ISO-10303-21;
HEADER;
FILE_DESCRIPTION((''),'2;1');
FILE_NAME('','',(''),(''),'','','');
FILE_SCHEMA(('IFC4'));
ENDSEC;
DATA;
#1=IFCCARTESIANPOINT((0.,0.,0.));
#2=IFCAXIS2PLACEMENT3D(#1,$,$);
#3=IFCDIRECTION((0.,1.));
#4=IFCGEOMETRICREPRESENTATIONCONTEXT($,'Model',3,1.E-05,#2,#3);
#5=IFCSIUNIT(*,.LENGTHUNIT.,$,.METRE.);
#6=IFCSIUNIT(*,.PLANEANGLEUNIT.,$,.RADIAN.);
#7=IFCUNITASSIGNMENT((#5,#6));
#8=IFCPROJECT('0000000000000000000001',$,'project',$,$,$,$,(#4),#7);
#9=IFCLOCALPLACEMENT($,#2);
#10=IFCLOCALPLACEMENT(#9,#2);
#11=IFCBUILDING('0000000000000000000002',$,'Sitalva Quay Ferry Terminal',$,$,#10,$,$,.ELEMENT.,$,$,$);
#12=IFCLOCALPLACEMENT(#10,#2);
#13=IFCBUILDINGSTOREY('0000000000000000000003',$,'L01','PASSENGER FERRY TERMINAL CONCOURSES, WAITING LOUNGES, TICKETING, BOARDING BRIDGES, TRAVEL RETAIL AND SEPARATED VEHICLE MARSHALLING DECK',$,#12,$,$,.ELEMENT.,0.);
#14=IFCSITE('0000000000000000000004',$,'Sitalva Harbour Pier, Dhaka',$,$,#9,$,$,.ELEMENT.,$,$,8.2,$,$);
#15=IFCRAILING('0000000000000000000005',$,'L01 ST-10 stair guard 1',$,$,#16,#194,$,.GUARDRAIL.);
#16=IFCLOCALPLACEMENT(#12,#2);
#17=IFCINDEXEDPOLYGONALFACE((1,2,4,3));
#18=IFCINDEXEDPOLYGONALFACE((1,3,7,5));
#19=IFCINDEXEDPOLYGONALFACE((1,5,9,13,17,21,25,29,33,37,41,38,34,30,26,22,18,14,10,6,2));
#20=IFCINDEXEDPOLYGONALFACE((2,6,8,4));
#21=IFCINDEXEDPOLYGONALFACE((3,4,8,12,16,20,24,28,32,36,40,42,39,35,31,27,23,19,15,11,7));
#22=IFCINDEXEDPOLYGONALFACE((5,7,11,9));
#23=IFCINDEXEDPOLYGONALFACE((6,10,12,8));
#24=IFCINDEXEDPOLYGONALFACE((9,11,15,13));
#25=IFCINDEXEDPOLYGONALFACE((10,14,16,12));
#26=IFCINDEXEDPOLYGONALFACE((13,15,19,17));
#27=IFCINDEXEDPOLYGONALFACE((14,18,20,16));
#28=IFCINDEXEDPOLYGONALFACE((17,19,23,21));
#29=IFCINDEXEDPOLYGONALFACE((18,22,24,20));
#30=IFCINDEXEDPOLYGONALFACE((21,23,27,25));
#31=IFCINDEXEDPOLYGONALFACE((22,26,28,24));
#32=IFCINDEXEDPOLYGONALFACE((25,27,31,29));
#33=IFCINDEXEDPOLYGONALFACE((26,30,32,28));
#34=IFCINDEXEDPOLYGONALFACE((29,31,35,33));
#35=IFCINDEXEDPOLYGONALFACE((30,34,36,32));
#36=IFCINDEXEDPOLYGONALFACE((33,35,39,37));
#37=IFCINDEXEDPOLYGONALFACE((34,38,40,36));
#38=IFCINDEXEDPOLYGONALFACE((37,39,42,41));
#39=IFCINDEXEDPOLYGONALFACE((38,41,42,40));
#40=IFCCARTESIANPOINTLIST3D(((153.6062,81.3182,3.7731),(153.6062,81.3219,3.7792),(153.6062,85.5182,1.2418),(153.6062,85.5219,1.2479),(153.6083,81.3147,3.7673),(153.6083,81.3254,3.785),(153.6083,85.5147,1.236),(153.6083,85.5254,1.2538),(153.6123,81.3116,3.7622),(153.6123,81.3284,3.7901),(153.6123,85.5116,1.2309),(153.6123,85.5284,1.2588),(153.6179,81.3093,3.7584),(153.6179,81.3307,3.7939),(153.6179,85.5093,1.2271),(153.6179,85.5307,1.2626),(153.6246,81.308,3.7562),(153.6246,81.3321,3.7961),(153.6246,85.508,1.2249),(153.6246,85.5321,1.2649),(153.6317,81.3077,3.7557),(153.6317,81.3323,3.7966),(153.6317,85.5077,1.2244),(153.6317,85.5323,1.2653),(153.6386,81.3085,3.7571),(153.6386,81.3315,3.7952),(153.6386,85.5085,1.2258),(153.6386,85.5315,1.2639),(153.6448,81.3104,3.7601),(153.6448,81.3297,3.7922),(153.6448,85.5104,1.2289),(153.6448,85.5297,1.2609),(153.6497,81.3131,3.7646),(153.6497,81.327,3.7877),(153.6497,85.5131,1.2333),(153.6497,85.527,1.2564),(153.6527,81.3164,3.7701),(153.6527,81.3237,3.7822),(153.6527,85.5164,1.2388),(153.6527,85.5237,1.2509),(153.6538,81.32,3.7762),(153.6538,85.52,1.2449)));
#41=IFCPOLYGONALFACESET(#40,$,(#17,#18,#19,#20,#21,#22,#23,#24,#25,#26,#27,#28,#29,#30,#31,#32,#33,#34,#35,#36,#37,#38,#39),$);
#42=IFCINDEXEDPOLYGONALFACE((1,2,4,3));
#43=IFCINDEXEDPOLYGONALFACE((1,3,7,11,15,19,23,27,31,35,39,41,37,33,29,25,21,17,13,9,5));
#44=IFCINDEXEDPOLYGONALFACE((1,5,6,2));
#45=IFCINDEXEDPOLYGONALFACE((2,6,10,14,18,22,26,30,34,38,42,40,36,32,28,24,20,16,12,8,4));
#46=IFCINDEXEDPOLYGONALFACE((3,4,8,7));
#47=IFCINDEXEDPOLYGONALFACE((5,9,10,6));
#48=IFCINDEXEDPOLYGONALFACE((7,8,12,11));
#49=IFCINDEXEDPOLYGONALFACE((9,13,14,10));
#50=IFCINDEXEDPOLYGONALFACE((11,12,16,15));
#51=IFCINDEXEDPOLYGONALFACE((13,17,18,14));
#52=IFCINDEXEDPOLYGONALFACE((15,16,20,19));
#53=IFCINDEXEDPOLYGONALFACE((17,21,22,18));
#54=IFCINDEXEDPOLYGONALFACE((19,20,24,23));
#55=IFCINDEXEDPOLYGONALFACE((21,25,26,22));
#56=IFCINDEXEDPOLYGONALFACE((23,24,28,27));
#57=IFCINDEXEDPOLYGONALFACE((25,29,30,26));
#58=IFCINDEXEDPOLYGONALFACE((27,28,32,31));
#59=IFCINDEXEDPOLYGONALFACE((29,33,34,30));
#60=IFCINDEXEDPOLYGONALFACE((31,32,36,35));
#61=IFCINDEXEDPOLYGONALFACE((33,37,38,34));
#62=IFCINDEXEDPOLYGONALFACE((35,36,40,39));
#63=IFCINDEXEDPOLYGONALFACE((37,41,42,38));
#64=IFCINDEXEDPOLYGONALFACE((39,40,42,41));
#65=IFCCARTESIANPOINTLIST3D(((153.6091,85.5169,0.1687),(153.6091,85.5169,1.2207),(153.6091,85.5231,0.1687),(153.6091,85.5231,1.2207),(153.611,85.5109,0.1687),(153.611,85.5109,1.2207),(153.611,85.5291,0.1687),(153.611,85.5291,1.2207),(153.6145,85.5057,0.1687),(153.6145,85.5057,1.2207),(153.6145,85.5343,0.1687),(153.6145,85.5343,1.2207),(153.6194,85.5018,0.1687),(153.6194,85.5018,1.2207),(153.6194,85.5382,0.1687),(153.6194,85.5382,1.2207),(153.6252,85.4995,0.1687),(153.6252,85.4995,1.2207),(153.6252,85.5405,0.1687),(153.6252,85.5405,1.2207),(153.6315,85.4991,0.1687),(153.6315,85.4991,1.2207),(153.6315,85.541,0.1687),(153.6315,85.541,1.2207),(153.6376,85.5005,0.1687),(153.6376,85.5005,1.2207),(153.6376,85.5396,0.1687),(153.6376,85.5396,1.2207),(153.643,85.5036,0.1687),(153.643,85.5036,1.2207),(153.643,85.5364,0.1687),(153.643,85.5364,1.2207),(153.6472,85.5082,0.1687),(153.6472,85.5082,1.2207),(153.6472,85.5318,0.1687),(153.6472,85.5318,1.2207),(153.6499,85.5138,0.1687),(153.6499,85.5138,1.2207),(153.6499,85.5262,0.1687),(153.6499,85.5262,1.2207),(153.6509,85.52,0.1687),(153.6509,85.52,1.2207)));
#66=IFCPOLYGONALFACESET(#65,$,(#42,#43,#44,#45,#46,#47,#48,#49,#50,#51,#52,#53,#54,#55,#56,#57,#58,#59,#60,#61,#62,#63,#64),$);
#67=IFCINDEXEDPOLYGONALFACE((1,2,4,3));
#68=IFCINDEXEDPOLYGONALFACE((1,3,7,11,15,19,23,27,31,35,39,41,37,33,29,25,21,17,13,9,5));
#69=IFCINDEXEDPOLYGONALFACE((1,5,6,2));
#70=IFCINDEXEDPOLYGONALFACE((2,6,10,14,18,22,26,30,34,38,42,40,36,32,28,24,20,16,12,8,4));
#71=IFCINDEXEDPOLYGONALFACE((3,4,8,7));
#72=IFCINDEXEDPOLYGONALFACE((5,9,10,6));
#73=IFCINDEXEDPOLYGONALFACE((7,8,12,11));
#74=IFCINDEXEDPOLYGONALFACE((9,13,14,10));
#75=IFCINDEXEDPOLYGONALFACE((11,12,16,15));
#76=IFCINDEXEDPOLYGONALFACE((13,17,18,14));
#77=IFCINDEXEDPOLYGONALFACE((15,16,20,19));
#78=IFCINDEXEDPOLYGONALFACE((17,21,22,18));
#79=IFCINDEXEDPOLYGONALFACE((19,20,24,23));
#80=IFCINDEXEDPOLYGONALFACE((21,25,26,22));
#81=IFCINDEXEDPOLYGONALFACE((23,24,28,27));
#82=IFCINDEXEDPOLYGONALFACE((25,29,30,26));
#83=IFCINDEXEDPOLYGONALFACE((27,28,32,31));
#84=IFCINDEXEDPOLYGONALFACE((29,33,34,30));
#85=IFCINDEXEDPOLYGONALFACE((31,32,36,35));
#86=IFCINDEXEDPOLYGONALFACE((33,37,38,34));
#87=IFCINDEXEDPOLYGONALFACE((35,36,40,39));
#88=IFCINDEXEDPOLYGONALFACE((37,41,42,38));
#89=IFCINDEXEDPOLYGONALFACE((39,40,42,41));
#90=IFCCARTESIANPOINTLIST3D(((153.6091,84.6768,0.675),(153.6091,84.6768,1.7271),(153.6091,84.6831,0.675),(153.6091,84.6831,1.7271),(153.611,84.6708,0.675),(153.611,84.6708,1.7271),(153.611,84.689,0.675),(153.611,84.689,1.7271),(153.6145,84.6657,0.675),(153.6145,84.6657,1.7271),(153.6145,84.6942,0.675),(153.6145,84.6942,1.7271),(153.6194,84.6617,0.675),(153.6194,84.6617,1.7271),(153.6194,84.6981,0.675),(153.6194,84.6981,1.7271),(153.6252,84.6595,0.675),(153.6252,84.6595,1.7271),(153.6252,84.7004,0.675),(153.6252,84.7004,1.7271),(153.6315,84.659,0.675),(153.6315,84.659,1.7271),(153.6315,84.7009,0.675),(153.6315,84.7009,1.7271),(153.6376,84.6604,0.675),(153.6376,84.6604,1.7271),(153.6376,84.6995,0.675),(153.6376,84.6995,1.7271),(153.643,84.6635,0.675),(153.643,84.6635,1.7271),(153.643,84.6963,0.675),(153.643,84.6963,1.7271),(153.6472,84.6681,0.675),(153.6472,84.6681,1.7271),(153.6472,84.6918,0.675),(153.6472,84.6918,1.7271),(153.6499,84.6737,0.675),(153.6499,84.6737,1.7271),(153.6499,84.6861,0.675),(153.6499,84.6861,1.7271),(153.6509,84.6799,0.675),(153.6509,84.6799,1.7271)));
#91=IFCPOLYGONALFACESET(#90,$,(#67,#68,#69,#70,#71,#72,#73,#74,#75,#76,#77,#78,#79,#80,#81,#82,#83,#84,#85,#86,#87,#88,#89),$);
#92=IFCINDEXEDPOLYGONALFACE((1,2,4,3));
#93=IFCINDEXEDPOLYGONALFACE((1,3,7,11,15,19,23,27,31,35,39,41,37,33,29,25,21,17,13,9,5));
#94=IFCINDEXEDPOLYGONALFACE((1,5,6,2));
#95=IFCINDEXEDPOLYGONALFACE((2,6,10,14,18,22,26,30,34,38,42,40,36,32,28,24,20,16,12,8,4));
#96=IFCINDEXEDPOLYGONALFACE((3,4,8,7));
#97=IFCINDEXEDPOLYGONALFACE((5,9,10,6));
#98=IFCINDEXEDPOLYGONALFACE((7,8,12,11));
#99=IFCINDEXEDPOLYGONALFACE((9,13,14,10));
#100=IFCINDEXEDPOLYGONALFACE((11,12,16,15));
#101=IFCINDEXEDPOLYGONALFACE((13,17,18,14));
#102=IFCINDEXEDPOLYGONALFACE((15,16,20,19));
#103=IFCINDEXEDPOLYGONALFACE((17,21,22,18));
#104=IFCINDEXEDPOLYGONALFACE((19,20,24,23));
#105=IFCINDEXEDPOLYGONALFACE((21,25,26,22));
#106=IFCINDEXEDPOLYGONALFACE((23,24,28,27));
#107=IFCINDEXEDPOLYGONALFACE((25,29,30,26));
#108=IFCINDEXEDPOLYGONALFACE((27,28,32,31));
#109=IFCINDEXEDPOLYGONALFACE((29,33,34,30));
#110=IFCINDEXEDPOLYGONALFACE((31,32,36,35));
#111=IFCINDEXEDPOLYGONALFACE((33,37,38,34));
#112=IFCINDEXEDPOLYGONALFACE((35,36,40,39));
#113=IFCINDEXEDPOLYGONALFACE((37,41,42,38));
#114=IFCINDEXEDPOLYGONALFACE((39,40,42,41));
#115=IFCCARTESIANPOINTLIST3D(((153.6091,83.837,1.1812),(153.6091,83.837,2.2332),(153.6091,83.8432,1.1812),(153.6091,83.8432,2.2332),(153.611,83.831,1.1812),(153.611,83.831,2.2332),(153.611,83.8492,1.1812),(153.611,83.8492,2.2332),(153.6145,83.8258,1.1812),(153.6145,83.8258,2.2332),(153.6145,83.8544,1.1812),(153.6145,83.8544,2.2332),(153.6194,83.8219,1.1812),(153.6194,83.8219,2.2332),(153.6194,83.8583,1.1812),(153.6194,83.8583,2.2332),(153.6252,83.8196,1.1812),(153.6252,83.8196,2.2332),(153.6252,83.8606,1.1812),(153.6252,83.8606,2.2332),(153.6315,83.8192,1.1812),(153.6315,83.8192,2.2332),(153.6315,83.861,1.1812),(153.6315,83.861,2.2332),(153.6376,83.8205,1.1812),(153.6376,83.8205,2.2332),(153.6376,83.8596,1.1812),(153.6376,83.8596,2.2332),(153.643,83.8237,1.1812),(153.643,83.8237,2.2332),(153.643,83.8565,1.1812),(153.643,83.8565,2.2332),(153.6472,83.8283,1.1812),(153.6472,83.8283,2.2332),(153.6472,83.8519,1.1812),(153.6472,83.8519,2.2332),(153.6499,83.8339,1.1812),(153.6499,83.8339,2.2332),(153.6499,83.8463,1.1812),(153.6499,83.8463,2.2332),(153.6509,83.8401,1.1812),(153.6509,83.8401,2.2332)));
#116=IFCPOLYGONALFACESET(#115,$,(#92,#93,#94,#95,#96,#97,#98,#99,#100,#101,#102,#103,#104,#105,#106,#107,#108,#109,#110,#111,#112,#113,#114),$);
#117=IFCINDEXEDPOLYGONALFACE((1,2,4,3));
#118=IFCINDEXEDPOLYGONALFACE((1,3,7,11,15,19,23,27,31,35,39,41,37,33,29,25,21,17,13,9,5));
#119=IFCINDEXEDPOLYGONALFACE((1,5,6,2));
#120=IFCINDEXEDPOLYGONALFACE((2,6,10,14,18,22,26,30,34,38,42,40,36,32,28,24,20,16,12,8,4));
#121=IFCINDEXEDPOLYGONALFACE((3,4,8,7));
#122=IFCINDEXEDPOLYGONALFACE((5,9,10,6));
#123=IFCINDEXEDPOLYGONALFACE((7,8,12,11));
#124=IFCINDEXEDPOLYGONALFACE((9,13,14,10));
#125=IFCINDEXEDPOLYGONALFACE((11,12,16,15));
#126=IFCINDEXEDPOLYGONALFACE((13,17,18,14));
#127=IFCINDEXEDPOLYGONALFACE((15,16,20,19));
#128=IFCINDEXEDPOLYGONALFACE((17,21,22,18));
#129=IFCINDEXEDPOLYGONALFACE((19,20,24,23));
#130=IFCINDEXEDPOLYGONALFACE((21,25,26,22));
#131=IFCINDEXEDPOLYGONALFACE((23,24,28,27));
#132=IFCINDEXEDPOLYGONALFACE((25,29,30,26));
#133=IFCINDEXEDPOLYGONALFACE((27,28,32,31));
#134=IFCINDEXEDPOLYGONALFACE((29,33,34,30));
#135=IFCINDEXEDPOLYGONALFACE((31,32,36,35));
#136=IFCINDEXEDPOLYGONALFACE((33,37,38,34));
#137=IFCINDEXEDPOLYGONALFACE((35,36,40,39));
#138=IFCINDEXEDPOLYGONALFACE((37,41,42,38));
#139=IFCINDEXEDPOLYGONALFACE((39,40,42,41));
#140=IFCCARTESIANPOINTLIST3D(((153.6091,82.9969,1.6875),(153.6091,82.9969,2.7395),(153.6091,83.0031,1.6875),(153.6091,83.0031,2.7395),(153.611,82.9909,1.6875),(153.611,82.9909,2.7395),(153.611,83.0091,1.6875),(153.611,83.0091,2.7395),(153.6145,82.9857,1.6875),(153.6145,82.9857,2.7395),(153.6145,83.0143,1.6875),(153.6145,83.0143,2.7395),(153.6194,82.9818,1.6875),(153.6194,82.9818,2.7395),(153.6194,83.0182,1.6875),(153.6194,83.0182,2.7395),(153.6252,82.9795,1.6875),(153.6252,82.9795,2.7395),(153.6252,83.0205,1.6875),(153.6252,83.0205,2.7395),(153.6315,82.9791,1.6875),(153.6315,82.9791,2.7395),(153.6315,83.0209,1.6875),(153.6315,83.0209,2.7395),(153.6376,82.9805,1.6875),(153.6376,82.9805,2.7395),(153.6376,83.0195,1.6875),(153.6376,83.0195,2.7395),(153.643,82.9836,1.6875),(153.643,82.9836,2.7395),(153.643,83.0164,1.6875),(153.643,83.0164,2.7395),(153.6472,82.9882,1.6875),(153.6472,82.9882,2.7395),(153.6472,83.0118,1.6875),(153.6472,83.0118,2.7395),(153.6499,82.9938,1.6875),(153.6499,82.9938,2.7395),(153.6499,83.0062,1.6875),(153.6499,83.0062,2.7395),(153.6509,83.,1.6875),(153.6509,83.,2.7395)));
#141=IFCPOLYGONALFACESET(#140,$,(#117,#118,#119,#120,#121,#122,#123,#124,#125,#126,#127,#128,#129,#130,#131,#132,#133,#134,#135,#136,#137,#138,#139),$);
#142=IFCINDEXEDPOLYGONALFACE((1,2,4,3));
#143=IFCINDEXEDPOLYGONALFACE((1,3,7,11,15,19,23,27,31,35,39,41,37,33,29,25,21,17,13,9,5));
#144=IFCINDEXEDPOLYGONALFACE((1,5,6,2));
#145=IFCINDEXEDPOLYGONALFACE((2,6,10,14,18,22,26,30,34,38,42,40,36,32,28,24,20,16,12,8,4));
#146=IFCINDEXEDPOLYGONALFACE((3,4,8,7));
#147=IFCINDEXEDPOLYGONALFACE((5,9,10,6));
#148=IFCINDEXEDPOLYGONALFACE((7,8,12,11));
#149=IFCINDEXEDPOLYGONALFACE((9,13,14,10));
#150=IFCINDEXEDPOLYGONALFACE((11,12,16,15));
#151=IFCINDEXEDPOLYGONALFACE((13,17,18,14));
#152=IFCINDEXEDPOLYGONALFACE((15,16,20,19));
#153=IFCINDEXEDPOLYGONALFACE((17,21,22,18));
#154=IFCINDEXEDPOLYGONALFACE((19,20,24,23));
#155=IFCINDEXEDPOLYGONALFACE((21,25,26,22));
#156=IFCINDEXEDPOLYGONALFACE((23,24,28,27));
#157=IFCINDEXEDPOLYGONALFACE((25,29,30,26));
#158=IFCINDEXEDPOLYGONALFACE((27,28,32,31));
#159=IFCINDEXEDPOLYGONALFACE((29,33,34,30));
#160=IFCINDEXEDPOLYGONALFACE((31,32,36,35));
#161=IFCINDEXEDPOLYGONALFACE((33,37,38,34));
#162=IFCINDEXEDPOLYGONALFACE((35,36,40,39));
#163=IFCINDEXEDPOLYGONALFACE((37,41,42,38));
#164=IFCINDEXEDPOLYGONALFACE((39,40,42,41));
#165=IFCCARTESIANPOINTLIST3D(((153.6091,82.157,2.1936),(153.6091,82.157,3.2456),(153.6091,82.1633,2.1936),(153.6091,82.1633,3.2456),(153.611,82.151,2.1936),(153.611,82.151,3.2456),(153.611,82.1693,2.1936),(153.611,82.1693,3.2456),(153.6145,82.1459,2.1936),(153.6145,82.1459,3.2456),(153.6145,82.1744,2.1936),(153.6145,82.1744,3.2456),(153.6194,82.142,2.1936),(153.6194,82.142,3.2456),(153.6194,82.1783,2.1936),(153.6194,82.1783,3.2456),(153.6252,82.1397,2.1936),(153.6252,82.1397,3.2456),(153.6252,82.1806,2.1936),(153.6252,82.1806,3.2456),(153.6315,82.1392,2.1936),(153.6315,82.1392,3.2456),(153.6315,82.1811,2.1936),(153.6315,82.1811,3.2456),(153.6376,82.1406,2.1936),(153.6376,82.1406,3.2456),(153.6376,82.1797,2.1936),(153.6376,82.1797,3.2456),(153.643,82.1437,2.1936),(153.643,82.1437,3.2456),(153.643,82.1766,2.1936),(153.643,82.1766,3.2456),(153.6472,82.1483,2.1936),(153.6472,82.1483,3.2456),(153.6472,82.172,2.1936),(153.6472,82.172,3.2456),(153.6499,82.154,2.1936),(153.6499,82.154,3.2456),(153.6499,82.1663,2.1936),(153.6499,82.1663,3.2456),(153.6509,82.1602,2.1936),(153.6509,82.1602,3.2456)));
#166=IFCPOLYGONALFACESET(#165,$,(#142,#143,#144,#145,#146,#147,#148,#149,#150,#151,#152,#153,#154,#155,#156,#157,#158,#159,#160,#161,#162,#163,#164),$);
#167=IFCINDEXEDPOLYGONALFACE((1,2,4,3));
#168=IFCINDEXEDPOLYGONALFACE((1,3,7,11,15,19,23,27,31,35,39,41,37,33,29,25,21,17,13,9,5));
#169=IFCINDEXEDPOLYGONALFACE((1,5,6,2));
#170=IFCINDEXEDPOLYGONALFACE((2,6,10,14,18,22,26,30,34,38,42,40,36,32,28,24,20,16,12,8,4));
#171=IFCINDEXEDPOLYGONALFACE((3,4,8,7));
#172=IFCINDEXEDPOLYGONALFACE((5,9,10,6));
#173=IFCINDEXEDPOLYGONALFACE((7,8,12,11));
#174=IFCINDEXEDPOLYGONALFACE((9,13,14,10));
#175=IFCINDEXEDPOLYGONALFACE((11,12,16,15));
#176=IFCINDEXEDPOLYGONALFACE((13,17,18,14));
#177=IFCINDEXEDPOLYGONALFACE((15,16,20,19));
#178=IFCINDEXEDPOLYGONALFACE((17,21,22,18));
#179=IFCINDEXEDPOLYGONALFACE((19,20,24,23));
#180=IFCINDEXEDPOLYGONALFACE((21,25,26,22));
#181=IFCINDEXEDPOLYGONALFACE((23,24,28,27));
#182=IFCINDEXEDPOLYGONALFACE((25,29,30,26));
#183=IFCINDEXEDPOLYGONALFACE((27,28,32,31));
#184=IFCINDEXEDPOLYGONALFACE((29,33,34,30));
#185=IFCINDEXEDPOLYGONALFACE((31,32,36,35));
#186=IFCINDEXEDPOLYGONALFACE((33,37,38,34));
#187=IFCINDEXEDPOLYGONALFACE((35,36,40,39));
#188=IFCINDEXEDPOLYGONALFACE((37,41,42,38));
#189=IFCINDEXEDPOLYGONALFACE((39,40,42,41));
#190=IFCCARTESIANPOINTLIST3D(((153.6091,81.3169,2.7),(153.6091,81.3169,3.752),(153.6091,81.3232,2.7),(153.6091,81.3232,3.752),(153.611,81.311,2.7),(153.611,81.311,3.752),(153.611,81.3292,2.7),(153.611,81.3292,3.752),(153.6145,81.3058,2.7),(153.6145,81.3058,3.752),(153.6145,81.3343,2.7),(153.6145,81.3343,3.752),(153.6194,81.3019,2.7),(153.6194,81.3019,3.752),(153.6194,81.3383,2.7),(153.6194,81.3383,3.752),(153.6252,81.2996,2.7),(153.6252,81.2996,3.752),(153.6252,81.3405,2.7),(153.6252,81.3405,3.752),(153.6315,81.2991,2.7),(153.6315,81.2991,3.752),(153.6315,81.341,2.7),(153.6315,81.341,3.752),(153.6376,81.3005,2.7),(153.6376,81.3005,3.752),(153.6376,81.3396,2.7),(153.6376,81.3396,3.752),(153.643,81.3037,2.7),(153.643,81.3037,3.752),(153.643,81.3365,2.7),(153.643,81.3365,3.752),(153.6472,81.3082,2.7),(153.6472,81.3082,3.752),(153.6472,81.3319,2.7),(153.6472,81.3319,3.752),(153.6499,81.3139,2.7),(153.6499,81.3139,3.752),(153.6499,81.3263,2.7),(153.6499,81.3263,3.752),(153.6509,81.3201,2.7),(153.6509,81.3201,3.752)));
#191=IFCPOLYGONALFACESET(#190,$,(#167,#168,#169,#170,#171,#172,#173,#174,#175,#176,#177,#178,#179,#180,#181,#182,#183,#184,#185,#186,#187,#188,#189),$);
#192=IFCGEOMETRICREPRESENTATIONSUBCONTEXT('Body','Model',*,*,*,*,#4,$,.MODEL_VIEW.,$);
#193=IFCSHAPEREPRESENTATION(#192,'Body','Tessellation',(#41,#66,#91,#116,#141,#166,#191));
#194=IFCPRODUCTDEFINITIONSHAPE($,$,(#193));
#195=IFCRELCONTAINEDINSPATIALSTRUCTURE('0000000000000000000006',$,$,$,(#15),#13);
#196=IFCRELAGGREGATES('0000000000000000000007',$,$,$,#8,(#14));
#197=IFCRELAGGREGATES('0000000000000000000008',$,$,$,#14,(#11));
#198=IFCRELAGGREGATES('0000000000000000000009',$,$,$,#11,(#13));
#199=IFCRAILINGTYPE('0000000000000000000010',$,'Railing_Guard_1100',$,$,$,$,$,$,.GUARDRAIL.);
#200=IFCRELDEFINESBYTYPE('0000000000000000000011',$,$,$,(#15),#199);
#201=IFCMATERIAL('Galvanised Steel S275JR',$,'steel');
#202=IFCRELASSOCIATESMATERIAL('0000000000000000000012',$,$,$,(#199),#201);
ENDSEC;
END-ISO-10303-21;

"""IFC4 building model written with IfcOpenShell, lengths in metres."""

from ifc_helpers import new_model, si_unit, direction, frame, origin, origin_2d, place, context, subcontext, project, spatial, circle, extrude, material, type_object, element, save


model = new_model("IFC4")

# Units and contexts
model_context = context("Model", 3, precision=1e-05, world=origin(), true_north=direction((0.0, 1.0)))
body_context = subcontext(model_context, "Body", "Model", "MODEL_VIEW")
ifc_project = project(units=[si_unit("LENGTHUNIT", "METRE"), si_unit("PLANEANGLEUNIT", "RADIAN")], contexts=[model_context])

# Site, building, storey
site_placement = place(None, origin())
site = spatial("IfcSite", under=ifc_project, at=site_placement, Name="Sitalva Harbour Pier, Dhaka", CompositionType="ELEMENT", RefElevation=8.2)
building_placement = place(site_placement, origin())
building = spatial("IfcBuilding", under=site, at=building_placement, Name="Sitalva Quay Ferry Terminal", CompositionType="ELEMENT")
storey_placement = place(building_placement, origin())
storey = spatial("IfcBuildingStorey", under=building, at=storey_placement, Name="L01", Description="PASSENGER FERRY TERMINAL CONCOURSES, WAITING LOUNGES, TICKETING, BOARDING BRIDGES, TRAVEL RETAIL AND SEPARATED VEHICLE MARSHALLING DECK", CompositionType="ELEMENT", Elevation=0.0)

# Railing
ifc_material_1 = material(Name="Galvanised Steel S275JR", Category="steel")
railing_type_1 = type_object("IfcRailingType", Name="Railing_Guard_1100", PredefinedType="GUARDRAIL", material=ifc_material_1)
railing_1_placement = place(storey_placement, frame((153.6299, 85.52, 0.1687)))
element("IfcRailing", 1, at=railing_1_placement, inside=storey, type_object=railing_type_1, Name="L01 ST-10 stair guard 1", PredefinedType="GUARDRAIL", context=body_context, shape_type="SweptSolid", body=[
    extrude(circle(Radius=0.0239, at=origin_2d()), frame((0.0, 0.0, 1.0762), z_axis=(0.0, -0.856476, 0.516186), x_axis=(1.0, 0.0, 0.0)), (0.0, 0.0, 1.0), 4.9038),
    extrude(circle(Radius=0.021, at=origin_2d()), origin(), (0.0, 0.0, 1.0), 1.052),
    extrude(circle(Radius=0.021, at=origin_2d()), frame((0.0, -0.8401, 0.5063)), (0.0, 0.0, 1.0), 1.052),
    extrude(circle(Radius=0.021, at=origin_2d()), frame((0.0, -1.6799, 1.0125)), (0.0, 0.0, 1.0), 1.052),
    extrude(circle(Radius=0.021, at=origin_2d()), frame((0.0, -2.52, 1.5188)), (0.0, 0.0, 1.0), 1.052),
    extrude(circle(Radius=0.021, at=origin_2d()), frame((0.0, -3.3599, 2.0249)), (0.0, 0.0, 1.0), 1.052),
    extrude(circle(Radius=0.021, at=origin_2d()), frame((0.0, -4.2, 2.5312)), (0.0, 0.0, 1.0), 1.052),
])

save(model, "model.ifc")
